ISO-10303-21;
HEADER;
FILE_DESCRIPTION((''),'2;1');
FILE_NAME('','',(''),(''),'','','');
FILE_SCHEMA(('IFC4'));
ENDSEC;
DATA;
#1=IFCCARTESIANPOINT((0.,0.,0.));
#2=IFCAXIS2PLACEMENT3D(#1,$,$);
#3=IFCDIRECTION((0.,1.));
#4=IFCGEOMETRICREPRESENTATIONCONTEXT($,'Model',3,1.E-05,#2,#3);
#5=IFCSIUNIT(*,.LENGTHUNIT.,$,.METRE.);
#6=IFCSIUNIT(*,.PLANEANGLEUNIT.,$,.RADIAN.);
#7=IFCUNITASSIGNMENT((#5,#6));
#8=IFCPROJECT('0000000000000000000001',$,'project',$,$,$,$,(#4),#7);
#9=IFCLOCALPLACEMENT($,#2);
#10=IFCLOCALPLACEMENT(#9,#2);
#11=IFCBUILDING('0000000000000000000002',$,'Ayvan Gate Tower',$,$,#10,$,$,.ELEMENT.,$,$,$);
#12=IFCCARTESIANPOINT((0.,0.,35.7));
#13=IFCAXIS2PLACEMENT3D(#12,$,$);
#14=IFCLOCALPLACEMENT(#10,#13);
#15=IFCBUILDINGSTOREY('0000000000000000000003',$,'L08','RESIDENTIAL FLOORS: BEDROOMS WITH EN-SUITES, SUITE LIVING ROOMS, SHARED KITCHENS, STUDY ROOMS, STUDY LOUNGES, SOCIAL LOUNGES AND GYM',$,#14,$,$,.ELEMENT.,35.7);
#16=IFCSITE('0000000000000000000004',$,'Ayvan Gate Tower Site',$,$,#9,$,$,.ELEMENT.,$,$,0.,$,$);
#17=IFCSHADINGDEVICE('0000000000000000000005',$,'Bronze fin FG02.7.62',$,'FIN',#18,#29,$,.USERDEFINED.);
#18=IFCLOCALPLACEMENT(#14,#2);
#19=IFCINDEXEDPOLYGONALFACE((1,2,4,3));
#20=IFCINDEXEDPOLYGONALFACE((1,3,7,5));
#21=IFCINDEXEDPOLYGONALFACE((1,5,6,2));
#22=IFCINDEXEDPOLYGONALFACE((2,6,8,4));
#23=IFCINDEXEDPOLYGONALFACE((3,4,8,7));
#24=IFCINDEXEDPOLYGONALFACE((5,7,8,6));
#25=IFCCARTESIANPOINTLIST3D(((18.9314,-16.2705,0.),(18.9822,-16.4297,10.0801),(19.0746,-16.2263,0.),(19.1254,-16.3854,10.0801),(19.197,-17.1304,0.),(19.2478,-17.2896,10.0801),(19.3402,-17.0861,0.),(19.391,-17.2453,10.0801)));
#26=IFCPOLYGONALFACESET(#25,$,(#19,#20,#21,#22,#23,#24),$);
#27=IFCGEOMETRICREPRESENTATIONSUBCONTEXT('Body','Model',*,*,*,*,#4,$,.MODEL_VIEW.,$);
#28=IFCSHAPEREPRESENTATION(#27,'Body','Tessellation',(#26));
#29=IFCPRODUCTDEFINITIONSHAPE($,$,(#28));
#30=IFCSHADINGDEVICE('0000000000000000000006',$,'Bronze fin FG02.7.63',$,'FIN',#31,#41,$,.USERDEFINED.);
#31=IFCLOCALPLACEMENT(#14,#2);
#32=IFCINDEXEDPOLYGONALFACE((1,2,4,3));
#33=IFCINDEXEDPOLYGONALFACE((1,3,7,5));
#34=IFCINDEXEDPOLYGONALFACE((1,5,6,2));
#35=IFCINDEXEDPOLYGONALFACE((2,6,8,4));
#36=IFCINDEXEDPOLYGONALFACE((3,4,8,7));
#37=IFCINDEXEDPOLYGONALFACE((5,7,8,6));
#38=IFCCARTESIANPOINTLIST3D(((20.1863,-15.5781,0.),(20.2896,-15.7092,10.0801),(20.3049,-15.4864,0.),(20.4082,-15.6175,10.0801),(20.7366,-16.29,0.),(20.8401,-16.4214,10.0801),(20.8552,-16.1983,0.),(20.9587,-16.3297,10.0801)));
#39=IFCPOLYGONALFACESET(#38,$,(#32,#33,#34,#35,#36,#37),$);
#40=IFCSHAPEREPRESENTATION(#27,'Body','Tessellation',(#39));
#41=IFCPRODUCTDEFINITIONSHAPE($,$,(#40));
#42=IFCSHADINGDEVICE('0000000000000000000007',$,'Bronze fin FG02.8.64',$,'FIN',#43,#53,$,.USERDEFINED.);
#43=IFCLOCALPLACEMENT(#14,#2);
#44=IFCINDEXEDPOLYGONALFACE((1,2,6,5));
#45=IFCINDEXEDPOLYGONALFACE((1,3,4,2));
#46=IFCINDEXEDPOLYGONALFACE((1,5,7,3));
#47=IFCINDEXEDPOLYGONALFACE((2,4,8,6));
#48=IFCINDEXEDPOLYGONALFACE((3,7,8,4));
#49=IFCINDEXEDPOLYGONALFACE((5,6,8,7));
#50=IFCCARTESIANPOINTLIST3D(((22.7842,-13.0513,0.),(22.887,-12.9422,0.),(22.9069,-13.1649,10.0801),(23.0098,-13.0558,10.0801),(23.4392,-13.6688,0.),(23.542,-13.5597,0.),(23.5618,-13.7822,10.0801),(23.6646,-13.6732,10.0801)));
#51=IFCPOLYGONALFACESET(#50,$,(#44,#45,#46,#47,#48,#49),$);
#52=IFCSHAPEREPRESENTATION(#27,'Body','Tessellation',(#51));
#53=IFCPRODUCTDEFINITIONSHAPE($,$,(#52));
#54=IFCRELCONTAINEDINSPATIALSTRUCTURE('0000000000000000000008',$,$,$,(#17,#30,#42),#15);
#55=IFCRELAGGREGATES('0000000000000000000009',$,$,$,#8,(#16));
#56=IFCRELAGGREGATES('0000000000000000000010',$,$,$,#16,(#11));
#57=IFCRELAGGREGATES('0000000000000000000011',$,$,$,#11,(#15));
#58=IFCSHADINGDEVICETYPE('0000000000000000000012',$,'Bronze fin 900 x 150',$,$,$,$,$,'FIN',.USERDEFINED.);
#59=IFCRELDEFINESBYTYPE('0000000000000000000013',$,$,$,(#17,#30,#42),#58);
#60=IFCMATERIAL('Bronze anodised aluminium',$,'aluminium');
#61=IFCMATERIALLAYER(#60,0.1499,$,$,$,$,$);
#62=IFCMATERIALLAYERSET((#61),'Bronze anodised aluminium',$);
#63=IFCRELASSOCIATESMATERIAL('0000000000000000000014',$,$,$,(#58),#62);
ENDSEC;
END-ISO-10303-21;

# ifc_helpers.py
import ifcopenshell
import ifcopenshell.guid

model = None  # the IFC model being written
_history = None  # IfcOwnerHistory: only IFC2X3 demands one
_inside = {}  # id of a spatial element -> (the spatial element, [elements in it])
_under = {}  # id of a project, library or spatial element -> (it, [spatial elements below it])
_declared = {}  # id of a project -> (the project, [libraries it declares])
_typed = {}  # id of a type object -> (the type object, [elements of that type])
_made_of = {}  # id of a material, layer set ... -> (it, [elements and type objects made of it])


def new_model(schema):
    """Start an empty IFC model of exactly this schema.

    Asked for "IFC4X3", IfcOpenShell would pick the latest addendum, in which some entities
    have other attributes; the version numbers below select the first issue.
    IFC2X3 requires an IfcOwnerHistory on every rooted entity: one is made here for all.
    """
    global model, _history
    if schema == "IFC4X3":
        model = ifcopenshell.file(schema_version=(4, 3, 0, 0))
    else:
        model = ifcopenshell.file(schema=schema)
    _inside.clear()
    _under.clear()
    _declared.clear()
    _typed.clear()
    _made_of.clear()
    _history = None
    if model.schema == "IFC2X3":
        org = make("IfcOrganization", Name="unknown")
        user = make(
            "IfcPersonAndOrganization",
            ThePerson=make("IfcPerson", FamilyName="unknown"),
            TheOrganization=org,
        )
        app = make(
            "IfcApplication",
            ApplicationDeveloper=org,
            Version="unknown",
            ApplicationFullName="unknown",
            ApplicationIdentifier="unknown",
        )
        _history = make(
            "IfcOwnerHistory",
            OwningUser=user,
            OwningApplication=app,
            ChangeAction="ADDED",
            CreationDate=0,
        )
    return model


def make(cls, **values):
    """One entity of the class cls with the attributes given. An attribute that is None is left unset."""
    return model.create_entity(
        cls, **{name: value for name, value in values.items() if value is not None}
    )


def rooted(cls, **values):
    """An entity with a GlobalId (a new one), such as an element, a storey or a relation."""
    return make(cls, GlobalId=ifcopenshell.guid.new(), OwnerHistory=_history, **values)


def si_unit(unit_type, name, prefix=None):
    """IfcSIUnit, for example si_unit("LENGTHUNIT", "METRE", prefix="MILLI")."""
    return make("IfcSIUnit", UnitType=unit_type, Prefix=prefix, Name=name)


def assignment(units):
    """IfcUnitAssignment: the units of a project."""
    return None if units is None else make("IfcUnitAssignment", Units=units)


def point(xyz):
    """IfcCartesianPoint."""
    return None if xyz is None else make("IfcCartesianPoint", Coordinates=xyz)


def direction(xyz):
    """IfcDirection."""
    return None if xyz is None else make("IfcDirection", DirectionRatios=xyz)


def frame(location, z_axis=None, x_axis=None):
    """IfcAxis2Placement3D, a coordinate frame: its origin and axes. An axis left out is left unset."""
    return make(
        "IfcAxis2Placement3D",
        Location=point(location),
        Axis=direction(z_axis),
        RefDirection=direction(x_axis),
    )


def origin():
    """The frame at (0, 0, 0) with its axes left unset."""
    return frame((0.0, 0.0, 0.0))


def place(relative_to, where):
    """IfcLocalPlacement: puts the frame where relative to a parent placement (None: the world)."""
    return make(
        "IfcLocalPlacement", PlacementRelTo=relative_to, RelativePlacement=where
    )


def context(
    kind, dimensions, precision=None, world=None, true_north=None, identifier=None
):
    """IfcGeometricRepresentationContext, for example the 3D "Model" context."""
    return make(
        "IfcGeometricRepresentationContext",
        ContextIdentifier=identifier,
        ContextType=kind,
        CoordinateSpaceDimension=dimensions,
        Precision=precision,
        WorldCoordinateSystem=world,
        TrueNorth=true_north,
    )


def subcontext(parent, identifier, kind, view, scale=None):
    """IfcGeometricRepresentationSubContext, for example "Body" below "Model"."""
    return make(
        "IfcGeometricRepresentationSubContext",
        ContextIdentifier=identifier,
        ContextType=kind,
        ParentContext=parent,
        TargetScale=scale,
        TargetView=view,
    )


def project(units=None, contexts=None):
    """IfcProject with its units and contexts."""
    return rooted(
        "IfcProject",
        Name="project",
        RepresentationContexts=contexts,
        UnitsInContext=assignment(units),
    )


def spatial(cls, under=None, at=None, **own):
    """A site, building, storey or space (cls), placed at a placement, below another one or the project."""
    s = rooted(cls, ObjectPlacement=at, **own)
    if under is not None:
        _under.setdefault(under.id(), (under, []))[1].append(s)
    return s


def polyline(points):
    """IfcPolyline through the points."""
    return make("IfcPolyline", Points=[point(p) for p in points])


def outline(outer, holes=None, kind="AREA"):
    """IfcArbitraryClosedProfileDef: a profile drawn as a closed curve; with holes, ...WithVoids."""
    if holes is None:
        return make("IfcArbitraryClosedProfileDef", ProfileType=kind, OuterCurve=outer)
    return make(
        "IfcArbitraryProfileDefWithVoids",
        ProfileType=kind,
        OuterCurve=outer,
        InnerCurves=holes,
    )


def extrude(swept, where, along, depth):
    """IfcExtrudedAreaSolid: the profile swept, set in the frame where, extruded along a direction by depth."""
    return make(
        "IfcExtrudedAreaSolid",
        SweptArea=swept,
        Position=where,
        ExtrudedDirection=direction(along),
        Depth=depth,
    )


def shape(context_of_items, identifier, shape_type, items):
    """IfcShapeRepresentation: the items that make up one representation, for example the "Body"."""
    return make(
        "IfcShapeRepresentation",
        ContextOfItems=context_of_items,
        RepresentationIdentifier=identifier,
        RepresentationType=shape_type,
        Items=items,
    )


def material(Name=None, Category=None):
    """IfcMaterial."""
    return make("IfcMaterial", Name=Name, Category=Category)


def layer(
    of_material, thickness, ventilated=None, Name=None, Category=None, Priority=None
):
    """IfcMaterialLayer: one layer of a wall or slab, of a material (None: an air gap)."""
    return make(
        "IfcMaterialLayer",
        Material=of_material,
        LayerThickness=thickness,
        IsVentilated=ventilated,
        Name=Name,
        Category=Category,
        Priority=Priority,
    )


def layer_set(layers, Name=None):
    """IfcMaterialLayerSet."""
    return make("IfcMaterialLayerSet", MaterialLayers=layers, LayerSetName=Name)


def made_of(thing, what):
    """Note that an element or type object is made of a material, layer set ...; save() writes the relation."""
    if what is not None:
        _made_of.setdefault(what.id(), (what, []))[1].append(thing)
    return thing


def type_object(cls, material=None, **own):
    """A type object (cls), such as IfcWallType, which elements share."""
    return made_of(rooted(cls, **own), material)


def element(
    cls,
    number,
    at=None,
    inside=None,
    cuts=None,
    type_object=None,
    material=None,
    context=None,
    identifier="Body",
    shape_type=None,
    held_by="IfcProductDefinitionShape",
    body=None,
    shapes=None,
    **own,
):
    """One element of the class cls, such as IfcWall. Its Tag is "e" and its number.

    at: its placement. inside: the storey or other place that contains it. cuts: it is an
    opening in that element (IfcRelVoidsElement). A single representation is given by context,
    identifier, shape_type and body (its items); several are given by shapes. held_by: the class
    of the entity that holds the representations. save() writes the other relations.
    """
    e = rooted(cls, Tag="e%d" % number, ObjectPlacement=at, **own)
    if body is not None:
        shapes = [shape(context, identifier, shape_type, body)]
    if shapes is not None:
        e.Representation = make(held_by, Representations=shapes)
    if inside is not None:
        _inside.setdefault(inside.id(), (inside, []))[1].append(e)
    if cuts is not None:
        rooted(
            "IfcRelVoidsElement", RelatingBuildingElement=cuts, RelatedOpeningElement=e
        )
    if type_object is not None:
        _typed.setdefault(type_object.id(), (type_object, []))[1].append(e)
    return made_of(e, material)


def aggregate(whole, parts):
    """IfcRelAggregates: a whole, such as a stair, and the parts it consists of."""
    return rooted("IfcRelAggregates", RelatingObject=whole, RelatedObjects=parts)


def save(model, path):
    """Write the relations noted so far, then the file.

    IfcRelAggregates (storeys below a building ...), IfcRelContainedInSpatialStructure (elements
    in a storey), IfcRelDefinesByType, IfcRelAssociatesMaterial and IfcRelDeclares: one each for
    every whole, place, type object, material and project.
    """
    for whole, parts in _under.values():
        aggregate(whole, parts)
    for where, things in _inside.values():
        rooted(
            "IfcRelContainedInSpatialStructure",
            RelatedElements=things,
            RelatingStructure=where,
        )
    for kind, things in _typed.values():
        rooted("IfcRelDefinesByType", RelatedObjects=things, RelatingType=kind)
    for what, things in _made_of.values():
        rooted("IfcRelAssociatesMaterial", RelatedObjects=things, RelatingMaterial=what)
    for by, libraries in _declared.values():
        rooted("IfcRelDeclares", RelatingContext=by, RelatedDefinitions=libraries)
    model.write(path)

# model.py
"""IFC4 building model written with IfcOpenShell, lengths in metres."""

from ifc_helpers import new_model, si_unit, direction, frame, origin, place, context, subcontext, project, spatial, polyline, outline, extrude, material, layer, layer_set, type_object, element, save


model = new_model("IFC4")

# Units and contexts
model_context = context("Model", 3, precision=1e-05, world=origin(), true_north=direction((0.0, 1.0)))
body_context = subcontext(model_context, "Body", "Model", "MODEL_VIEW")
ifc_project = project(units=[si_unit("LENGTHUNIT", "METRE"), si_unit("PLANEANGLEUNIT", "RADIAN")], contexts=[model_context])

# Site, building, storey
site_placement = place(None, origin())
site = spatial("IfcSite", under=ifc_project, at=site_placement, Name="Ayvan Gate Tower Site", CompositionType="ELEMENT", RefElevation=0.0)
building_placement = place(site_placement, origin())
building = spatial("IfcBuilding", under=site, at=building_placement, Name="Ayvan Gate Tower", CompositionType="ELEMENT")
storey_placement = place(building_placement, frame((0.0, 0.0, 35.7)))
storey = spatial("IfcBuildingStorey", under=building, at=storey_placement, Name="L08", Description="RESIDENTIAL FLOORS: BEDROOMS WITH EN-SUITES, SUITE LIVING ROOMS, SHARED KITCHENS, STUDY ROOMS, STUDY LOUNGES, SOCIAL LOUNGES AND GYM", CompositionType="ELEMENT", Elevation=35.7)

# Shared definitions
ifc_material_1 = material(Name="Bronze anodised aluminium", Category="aluminium")

# Shading devices
ifc_layer_1 = layer(ifc_material_1, 0.1499)
ifc_layer_set_1 = layer_set([ifc_layer_1], Name="Bronze anodised aluminium")
shading_device_type = type_object("IfcShadingDeviceType", Name="Bronze fin 900 x 150", ElementType="FIN", PredefinedType="USERDEFINED", material=ifc_layer_set_1)
shading_device_1_placement = place(storey_placement, frame((18.9314, -16.2705, 0.0), z_axis=(-0.95545, -0.295153, 0.000152), x_axis=(0.295153, -0.95545, 0.0)))
element("IfcShadingDevice", 1, at=shading_device_1_placement, inside=storey, type_object=shading_device_type, Name="Bronze fin FG02.7.62", ObjectType="FIN", PredefinedType="USERDEFINED", context=body_context, shape_type="SweptSolid", body=[
    extrude(outline(polyline([(0.0, 0.0), (0.9, 0.0), (1.067, 10.0801), (0.1671, 10.0801), (0.0, 0.0)])), origin(), (0.0, 0.0, -1.0), 0.1499),
])
shading_device_2_placement = place(storey_placement, frame((20.1863, -15.5781, 0.0), z_axis=(-0.791175, -0.61159, 0.000153), x_axis=(0.61159, -0.791175, 0.0)))
element("IfcShadingDevice", 2, at=shading_device_2_placement, inside=storey, type_object=shading_device_type, Name="Bronze fin FG02.7.63", ObjectType="FIN", PredefinedType="USERDEFINED", context=body_context, shape_type="SweptSolid", body=[
    extrude(outline(polyline([(0.0, 0.0), (0.8998, 0.0), (1.067, 10.0801), (0.1669, 10.0801), (0.0, 0.0)])), origin(), (0.0, 0.0, -1.0), 0.1499),
])
shading_device_3_placement = place(storey_placement, frame((22.7842, -13.0513, 0.0), z_axis=(-0.685982, -0.727618, 0.000154), x_axis=(0.727618, -0.685982, 0.0)))
element("IfcShadingDevice", 3, at=shading_device_3_placement, inside=storey, type_object=shading_device_type, Name="Bronze fin FG02.8.64", ObjectType="FIN", PredefinedType="USERDEFINED", context=body_context, shape_type="SweptSolid", body=[
    extrude(outline(polyline([(0.0, 0.0), (0.9002, 0.0), (1.0672, 10.0801), (0.1672, 10.0801), (0.0, 0.0)])), origin(), (0.0, 0.0, -1.0), 0.1499),
])

save(model, "model.ifc")
